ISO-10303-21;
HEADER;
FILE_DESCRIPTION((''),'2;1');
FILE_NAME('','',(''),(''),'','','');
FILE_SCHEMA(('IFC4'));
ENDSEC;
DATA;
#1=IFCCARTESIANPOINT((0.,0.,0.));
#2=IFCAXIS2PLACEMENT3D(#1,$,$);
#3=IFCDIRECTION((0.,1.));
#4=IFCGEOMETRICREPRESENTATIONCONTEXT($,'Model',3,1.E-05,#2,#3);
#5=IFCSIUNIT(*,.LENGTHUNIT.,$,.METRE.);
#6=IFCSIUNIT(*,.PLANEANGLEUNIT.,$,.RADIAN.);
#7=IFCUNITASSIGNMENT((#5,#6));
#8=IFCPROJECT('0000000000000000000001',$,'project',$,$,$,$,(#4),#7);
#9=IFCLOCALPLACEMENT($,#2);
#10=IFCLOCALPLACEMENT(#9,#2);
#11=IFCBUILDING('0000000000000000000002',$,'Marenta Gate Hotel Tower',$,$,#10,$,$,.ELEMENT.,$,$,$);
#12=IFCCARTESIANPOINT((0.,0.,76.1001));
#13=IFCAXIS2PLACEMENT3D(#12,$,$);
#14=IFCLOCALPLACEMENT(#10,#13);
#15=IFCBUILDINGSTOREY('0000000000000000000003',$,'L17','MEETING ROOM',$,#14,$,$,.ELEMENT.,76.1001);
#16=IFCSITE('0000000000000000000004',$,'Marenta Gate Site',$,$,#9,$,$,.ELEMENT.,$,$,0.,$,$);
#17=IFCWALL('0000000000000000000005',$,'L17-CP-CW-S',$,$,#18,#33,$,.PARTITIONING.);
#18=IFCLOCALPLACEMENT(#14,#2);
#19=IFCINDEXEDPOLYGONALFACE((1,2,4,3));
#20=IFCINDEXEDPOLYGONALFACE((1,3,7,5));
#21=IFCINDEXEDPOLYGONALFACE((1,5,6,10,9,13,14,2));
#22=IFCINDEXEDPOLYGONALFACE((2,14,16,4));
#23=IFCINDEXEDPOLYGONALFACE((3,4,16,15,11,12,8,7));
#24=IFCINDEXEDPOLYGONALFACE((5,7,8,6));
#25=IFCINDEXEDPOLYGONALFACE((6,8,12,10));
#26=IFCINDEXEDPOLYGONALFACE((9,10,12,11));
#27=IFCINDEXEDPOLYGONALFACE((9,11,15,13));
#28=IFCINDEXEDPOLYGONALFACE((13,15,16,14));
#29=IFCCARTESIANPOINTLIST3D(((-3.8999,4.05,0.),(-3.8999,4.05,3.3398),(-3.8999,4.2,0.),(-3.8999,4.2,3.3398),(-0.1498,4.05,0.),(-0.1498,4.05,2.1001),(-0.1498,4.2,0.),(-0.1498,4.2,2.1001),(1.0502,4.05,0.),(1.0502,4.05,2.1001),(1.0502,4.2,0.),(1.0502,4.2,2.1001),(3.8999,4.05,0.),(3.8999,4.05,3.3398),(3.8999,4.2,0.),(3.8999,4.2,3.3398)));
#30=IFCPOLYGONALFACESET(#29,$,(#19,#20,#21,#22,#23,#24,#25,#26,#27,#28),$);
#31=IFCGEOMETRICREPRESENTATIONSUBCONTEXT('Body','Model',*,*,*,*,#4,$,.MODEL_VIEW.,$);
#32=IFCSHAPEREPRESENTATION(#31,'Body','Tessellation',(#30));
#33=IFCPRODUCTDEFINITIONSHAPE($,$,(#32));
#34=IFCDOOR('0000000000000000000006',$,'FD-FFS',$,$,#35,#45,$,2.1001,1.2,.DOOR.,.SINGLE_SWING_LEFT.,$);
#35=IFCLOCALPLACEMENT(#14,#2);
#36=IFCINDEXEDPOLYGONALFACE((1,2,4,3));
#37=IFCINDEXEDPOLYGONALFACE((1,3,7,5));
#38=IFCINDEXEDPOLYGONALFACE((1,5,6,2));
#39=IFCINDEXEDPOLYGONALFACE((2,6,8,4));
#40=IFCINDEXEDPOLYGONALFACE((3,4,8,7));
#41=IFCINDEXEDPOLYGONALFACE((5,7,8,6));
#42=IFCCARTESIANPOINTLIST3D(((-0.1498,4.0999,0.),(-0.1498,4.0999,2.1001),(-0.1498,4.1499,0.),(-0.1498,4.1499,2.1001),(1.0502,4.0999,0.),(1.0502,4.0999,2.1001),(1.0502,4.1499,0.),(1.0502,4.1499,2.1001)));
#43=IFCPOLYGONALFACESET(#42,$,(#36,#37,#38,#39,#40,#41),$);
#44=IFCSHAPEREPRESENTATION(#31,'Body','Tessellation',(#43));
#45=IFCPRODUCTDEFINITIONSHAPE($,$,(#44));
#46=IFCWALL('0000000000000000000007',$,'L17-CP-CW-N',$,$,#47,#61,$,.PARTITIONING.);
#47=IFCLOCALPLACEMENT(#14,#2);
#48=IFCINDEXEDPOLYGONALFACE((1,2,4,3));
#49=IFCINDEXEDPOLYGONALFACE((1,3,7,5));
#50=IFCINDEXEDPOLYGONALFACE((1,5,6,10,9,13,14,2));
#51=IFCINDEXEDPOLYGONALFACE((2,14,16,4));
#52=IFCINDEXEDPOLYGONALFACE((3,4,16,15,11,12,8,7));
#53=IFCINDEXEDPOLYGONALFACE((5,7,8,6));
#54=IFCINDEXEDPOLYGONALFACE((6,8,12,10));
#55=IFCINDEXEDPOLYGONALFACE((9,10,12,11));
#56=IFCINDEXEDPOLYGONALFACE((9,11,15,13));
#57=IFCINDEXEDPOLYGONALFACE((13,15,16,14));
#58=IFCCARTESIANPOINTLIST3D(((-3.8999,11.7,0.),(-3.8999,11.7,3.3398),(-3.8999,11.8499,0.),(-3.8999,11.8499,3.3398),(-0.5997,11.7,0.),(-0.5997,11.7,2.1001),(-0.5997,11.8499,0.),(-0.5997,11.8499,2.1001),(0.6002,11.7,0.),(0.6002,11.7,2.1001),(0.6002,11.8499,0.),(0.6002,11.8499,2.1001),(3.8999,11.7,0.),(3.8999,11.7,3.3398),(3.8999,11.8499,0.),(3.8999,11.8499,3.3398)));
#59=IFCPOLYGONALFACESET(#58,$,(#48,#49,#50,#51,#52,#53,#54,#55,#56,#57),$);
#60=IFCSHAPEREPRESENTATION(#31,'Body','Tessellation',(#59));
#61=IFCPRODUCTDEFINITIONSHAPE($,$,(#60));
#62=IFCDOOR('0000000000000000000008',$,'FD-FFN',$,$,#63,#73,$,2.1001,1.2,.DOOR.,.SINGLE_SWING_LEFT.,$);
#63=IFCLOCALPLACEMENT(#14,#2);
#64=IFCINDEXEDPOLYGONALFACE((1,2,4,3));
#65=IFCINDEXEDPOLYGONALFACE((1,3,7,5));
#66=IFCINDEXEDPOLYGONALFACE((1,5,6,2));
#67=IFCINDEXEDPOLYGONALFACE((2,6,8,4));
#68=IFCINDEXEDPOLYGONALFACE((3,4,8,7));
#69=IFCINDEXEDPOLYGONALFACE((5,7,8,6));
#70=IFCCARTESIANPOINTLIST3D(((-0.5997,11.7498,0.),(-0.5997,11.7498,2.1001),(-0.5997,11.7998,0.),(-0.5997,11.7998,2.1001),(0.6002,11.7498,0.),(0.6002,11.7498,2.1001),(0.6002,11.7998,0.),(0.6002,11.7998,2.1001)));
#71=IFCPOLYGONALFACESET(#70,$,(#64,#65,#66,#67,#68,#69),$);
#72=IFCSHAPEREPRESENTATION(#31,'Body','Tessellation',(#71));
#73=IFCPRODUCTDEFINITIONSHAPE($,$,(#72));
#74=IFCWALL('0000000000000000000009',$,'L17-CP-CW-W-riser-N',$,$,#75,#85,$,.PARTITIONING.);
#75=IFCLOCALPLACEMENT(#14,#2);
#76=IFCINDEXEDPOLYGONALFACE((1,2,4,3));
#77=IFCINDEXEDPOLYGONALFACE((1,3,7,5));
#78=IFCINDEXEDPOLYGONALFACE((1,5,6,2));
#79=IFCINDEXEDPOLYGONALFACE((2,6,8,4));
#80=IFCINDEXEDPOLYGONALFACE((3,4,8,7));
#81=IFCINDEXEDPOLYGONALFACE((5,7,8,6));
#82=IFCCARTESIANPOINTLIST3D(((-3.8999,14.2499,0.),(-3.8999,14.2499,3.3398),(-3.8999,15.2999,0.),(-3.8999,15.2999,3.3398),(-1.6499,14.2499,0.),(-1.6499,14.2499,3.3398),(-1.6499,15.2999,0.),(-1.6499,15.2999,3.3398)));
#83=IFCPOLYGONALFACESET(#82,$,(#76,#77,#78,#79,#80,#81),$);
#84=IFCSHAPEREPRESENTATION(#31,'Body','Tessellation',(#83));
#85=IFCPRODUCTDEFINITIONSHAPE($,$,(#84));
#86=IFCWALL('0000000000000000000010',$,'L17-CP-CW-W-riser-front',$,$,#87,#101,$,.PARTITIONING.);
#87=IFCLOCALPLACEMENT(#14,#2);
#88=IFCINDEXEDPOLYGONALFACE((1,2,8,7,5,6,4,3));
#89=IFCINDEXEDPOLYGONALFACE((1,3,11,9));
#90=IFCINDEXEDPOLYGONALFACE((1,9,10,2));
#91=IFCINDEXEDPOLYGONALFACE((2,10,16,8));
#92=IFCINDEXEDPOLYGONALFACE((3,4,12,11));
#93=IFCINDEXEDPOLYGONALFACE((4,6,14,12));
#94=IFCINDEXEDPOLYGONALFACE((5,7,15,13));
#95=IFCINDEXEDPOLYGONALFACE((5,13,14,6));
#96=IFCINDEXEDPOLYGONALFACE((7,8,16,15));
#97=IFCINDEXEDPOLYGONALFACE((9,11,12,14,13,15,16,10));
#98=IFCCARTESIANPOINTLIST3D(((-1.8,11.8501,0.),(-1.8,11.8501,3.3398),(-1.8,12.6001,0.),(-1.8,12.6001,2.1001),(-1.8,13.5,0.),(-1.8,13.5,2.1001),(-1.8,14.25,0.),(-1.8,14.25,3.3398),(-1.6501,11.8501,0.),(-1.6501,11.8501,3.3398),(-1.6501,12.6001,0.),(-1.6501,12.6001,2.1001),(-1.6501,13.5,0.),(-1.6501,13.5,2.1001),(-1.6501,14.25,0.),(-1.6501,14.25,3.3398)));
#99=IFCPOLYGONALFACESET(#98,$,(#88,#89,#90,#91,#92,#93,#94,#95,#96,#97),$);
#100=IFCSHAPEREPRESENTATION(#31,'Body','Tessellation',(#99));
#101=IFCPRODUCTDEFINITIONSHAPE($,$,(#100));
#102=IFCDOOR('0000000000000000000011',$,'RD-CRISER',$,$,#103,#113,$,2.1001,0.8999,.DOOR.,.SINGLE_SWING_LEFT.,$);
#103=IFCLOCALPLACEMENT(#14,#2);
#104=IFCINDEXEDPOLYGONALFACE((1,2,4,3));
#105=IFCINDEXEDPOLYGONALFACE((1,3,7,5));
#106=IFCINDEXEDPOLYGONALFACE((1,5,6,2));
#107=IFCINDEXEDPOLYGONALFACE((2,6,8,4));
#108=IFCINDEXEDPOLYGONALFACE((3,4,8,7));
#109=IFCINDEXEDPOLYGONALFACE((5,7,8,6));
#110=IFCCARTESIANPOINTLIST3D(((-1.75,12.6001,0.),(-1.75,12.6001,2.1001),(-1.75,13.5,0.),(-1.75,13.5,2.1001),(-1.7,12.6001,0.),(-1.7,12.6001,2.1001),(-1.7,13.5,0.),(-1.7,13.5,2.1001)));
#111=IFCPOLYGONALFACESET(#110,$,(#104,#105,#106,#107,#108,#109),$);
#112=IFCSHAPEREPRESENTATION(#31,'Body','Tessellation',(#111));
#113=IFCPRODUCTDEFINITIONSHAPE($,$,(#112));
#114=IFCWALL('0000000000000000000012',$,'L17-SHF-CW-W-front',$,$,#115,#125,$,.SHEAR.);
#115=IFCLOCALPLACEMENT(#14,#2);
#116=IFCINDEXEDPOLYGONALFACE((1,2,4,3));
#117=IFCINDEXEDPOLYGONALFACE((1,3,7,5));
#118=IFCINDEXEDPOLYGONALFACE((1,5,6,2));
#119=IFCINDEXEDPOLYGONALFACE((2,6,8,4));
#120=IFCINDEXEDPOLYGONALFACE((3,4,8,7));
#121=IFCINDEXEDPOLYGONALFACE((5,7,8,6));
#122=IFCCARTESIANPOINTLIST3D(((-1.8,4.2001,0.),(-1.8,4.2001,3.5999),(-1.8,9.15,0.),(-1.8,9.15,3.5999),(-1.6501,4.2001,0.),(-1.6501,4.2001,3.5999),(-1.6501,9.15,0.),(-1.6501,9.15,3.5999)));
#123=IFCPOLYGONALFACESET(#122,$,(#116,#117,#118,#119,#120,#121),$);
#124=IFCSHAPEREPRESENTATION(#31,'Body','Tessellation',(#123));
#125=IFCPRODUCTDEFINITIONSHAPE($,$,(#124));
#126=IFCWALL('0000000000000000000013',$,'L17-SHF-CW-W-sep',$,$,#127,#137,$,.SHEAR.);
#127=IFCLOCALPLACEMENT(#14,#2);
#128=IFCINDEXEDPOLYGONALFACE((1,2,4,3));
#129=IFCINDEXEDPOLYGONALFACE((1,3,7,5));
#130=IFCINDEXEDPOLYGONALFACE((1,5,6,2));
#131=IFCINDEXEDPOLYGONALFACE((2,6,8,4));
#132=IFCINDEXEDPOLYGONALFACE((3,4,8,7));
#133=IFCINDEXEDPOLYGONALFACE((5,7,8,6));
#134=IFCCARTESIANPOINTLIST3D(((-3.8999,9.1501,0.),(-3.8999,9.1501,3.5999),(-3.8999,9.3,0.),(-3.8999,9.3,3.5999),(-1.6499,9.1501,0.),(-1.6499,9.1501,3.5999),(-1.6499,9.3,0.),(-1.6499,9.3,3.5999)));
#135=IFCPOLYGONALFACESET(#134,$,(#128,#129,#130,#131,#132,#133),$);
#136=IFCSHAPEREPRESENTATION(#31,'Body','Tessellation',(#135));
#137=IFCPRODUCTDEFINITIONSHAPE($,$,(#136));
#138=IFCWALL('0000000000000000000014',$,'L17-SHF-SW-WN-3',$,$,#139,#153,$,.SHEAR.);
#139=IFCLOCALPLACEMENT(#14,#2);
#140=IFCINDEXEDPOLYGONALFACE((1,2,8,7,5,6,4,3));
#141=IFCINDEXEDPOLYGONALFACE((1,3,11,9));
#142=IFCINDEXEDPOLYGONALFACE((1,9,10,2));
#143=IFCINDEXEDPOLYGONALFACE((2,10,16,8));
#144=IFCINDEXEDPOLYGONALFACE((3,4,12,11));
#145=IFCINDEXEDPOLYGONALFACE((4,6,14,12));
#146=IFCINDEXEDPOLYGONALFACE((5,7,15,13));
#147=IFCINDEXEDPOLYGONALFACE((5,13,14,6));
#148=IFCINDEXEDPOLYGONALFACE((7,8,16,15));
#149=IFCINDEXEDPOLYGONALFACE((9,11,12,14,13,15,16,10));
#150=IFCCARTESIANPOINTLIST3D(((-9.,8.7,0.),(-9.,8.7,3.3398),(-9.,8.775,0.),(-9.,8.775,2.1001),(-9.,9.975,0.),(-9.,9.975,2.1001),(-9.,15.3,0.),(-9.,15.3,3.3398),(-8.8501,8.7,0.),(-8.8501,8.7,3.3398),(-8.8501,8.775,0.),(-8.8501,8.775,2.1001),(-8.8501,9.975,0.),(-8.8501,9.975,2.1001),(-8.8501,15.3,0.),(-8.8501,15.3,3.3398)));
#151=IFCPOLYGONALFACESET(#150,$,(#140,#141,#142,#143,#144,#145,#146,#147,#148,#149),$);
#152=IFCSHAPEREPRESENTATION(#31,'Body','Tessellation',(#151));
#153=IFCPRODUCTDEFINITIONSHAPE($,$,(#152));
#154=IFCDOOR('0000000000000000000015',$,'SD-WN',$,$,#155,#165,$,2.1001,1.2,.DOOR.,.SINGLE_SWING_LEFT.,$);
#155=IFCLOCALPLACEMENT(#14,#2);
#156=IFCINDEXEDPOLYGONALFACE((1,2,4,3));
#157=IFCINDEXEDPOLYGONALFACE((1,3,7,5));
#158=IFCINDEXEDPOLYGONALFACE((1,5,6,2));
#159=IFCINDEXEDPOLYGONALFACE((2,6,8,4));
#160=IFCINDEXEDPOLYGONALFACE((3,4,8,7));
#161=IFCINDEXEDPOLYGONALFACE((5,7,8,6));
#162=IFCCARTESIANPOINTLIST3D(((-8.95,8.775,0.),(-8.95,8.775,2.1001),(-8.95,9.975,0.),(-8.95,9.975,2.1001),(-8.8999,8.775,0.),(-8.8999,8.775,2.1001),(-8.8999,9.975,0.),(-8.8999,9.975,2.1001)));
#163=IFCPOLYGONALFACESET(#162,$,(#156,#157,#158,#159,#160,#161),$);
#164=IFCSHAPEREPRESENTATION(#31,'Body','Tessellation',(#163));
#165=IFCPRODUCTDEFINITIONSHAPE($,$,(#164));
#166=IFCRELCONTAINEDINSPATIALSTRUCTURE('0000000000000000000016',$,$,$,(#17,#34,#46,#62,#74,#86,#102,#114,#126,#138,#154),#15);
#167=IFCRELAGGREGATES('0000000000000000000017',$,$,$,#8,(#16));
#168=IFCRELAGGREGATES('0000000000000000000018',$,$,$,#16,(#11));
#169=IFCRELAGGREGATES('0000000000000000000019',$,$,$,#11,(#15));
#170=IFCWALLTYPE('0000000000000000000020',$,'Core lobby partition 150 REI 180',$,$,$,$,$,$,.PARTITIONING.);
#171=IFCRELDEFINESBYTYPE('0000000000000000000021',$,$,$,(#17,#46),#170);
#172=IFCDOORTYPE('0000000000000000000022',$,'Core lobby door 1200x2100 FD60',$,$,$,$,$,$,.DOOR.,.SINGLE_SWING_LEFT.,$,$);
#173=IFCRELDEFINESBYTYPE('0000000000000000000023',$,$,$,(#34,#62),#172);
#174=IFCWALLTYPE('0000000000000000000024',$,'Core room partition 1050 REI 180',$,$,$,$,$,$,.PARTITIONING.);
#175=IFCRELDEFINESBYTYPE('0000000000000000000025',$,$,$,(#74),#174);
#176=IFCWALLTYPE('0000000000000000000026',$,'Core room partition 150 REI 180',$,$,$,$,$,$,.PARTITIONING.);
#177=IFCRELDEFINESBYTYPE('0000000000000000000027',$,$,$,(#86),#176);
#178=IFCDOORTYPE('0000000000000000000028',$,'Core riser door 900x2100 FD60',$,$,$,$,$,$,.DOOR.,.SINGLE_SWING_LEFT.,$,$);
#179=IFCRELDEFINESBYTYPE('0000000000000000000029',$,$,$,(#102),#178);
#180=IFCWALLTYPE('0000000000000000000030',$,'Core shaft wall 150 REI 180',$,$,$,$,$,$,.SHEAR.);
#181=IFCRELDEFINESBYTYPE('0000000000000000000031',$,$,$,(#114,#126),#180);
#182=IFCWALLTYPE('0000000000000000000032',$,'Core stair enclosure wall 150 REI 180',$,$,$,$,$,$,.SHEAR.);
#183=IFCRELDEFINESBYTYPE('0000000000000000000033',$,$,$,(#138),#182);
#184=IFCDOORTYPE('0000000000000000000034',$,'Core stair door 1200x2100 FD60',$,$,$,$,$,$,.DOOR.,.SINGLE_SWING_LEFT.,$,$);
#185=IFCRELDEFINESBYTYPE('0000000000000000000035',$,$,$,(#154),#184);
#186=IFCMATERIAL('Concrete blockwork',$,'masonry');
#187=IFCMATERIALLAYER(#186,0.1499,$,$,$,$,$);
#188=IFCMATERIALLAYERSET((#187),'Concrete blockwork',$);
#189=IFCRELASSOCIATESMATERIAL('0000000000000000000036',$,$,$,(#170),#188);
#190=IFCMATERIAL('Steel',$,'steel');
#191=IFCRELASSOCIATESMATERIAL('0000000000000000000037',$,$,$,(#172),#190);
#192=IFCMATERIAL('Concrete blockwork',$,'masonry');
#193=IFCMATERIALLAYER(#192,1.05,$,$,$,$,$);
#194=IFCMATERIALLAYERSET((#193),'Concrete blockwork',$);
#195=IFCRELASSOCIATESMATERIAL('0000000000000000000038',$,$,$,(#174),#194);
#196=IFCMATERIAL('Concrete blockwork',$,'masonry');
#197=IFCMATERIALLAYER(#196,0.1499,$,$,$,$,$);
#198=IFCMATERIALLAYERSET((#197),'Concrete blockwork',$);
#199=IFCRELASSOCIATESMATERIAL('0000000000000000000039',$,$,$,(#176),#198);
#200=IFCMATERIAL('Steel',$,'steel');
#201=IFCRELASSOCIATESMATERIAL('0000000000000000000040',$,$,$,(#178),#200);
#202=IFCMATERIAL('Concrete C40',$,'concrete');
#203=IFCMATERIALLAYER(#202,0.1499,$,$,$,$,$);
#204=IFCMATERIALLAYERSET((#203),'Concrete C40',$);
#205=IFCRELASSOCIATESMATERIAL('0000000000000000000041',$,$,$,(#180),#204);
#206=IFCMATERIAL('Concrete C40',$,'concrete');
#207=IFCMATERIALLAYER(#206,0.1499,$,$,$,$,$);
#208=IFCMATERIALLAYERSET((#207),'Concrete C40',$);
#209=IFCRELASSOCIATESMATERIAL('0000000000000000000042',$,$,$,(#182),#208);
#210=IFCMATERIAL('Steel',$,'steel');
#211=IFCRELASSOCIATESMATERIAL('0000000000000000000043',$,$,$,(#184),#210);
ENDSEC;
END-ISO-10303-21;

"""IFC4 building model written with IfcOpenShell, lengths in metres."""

from ifc_helpers import new_model, si_unit, direction, frame, frame_2d, origin, place, context, subcontext, project, spatial, rectangle, extrude, material, layer, layer_set, type_object, element, fill, save


model = new_model("IFC4")

# Units and contexts
model_context = context("Model", 3, precision=1e-05, world=origin(), true_north=direction((0.0, 1.0)))
body_context = subcontext(model_context, "Body", "Model", "MODEL_VIEW")
ifc_project = project(units=[si_unit("LENGTHUNIT", "METRE"), si_unit("PLANEANGLEUNIT", "RADIAN")], contexts=[model_context])

# Site, building, storey
site_placement = place(None, origin())
site = spatial("IfcSite", under=ifc_project, at=site_placement, Name="Marenta Gate Site", CompositionType="ELEMENT", RefElevation=0.0)
building_placement = place(site_placement, origin())
building = spatial("IfcBuilding", under=site, at=building_placement, Name="Marenta Gate Hotel Tower", CompositionType="ELEMENT")
storey_placement = place(building_placement, frame((0.0, 0.0, 76.1001)))
storey = spatial("IfcBuildingStorey", under=building, at=storey_placement, Name="L17", Description="MEETING ROOM", CompositionType="ELEMENT", Elevation=76.1001)

# Walls, openings, doors
ifc_material_1 = material(Name="Concrete blockwork", Category="masonry")
ifc_layer_1 = layer(ifc_material_1, 0.1499)
ifc_layer_set_1 = layer_set([ifc_layer_1], Name="Concrete blockwork")
wall_type_1 = type_object("IfcWallType", Name="Core lobby partition 150 REI 180", PredefinedType="PARTITIONING", material=ifc_layer_set_1)
wall_1_placement = place(storey_placement, frame((-3.8999, 4.125, 0.0), z_axis=(0.0, 0.0, 1.0), x_axis=(1.0, 0.0, 0.0)))
wall_1 = element("IfcWall", 1, at=wall_1_placement, inside=storey, type_object=wall_type_1, Name="L17-CP-CW-S", PredefinedType="PARTITIONING", context=body_context, shape_type="SweptSolid", body=[
    extrude(rectangle(XDim=7.7998, YDim=0.1499, at=frame_2d((3.8999, 0.0))), origin(), (0.0, 0.0, 1.0), 3.3398),
])
opening_1_placement = place(wall_1_placement, frame((3.75, 0.0, 0.0)))
opening_1 = element("IfcOpeningElement", 2, at=opening_1_placement, cuts=wall_1, PredefinedType="OPENING", context=body_context, shape_type="SweptSolid", body=[
    extrude(rectangle(XDim=1.2, YDim=2.1001, at=frame_2d((0.6001, 1.05))), frame((0.0, 0.075, 0.0), z_axis=(0.0, -1.0, 0.0), x_axis=(1.0, 0.0, 0.0)), (0.0, 0.0, 1.0), 0.1499),
])
ifc_material_2 = material(Name="Steel", Category="steel")
door_type_1 = type_object("IfcDoorType", Name="Core lobby door 1200x2100 FD60", OperationType="SINGLE_SWING_LEFT", PredefinedType="DOOR", material=ifc_material_2)
door_1_placement = place(opening_1_placement, origin())
door_1 = element("IfcDoor", 3, at=door_1_placement, inside=storey, type_object=door_type_1, Name="FD-FFS", OperationType="SINGLE_SWING_LEFT", OverallHeight=2.1001, OverallWidth=1.2, PredefinedType="DOOR", context=body_context, shape_type="SweptSolid", body=[
    extrude(rectangle(XDim=1.2, YDim=2.1001, at=frame_2d((0.6001, 1.05))), frame((0.0, 0.0249, 0.0), z_axis=(0.0, -1.0, 0.0), x_axis=(1.0, 0.0, 0.0)), (0.0, 0.0, 1.0), 0.05),
])
fill(opening_1, door_1)
wall_2_placement = place(storey_placement, frame((-3.8999, 11.7749, 0.0), z_axis=(0.0, 0.0, 1.0), x_axis=(1.0, 0.0, 0.0)))
wall_2 = element("IfcWall", 4, at=wall_2_placement, inside=storey, type_object=wall_type_1, Name="L17-CP-CW-N", PredefinedType="PARTITIONING", context=body_context, shape_type="SweptSolid", body=[
    extrude(rectangle(XDim=7.7998, YDim=0.1499, at=frame_2d((3.8999, 0.0))), origin(), (0.0, 0.0, 1.0), 3.3398),
])
opening_2_placement = place(wall_2_placement, frame((3.3, 0.0, 0.0)))
opening_2 = element("IfcOpeningElement", 5, at=opening_2_placement, cuts=wall_2, PredefinedType="OPENING", context=body_context, shape_type="SweptSolid", body=[
    extrude(rectangle(XDim=1.2, YDim=2.1001, at=frame_2d((0.6001, 1.05))), frame((0.0, 0.075, 0.0), z_axis=(0.0, -1.0, 0.0), x_axis=(1.0, 0.0, 0.0)), (0.0, 0.0, 1.0), 0.1499),
])
door_2_placement = place(opening_2_placement, origin())
door_2 = element("IfcDoor", 6, at=door_2_placement, inside=storey, type_object=door_type_1, Name="FD-FFN", OperationType="SINGLE_SWING_LEFT", OverallHeight=2.1001, OverallWidth=1.2, PredefinedType="DOOR", context=body_context, shape_type="SweptSolid", body=[
    extrude(rectangle(XDim=1.2, YDim=2.1001, at=frame_2d((0.6001, 1.05))), frame((0.0, 0.0249, 0.0), z_axis=(0.0, -1.0, 0.0), x_axis=(1.0, 0.0, 0.0)), (0.0, 0.0, 1.0), 0.05),
])
fill(opening_2, door_2)

# Wall
ifc_material_3 = material(Name="Concrete blockwork", Category="masonry")
ifc_layer_2 = layer(ifc_material_3, 1.05)
ifc_layer_set_2 = layer_set([ifc_layer_2], Name="Concrete blockwork")
wall_type_2 = type_object("IfcWallType", Name="Core room partition 1050 REI 180", PredefinedType="PARTITIONING", material=ifc_layer_set_2)
wall_3_placement = place(storey_placement, frame((-3.8999, 14.7749, 0.0), z_axis=(0.0, 0.0, 1.0), x_axis=(1.0, 0.0, 0.0)))
element("IfcWall", 7, at=wall_3_placement, inside=storey, type_object=wall_type_2, Name="L17-CP-CW-W-riser-N", PredefinedType="PARTITIONING", context=body_context, shape_type="SweptSolid", body=[
    extrude(rectangle(XDim=2.25, YDim=1.05, at=frame_2d((1.125, 0.0))), origin(), (0.0, 0.0, 1.0), 3.3398),
])

# Wall, opening, door
ifc_material_4 = material(Name="Concrete blockwork", Category="masonry")
ifc_layer_3 = layer(ifc_material_4, 0.1499)
ifc_layer_set_3 = layer_set([ifc_layer_3], Name="Concrete blockwork")
wall_type_3 = type_object("IfcWallType", Name="Core room partition 150 REI 180", PredefinedType="PARTITIONING", material=ifc_layer_set_3)
wall_4_placement = place(storey_placement, frame((-1.7251, 11.8501, 0.0), z_axis=(0.0, 0.0, 1.0), x_axis=(0.0, 1.0, 0.0)))
wall_4 = element("IfcWall", 8, at=wall_4_placement, inside=storey, type_object=wall_type_3, Name="L17-CP-CW-W-riser-front", PredefinedType="PARTITIONING", context=body_context, shape_type="SweptSolid", body=[
    extrude(rectangle(XDim=2.3999, YDim=0.1499, at=frame_2d((1.2, 0.0))), origin(), (0.0, 0.0, 1.0), 3.3398),
])
opening_3_placement = place(wall_4_placement, frame((0.75, 0.0, 0.0)))
opening_3 = element("IfcOpeningElement", 9, at=opening_3_placement, cuts=wall_4, PredefinedType="OPENING", context=body_context, shape_type="SweptSolid", body=[
    extrude(rectangle(XDim=0.8999, YDim=2.1001, at=frame_2d((0.45, 1.05))), frame((0.0, 0.075, 0.0), z_axis=(0.0, -1.0, 0.0), x_axis=(1.0, 0.0, 0.0)), (0.0, 0.0, 1.0), 0.1499),
])
ifc_material_5 = material(Name="Steel", Category="steel")
door_type_2 = type_object("IfcDoorType", Name="Core riser door 900x2100 FD60", OperationType="SINGLE_SWING_LEFT", PredefinedType="DOOR", material=ifc_material_5)
door_3_placement = place(opening_3_placement, origin())
door_3 = element("IfcDoor", 10, at=door_3_placement, inside=storey, type_object=door_type_2, Name="RD-CRISER", OperationType="SINGLE_SWING_LEFT", OverallHeight=2.1001, OverallWidth=0.8999, PredefinedType="DOOR", context=body_context, shape_type="SweptSolid", body=[
    extrude(rectangle(XDim=0.8999, YDim=2.1001, at=frame_2d((0.45, 1.05))), frame((0.0, 0.0249, 0.0), z_axis=(0.0, -1.0, 0.0), x_axis=(1.0, 0.0, 0.0)), (0.0, 0.0, 1.0), 0.05),
])
fill(opening_3, door_3)

# Walls
ifc_material_6 = material(Name="Concrete C40", Category="concrete")
ifc_layer_4 = layer(ifc_material_6, 0.1499)
ifc_layer_set_4 = layer_set([ifc_layer_4], Name="Concrete C40")
wall_type_4 = type_object("IfcWallType", Name="Core shaft wall 150 REI 180", PredefinedType="SHEAR", material=ifc_layer_set_4)
wall_5_placement = place(storey_placement, frame((-1.7251, 4.2, 0.0), z_axis=(0.0, 0.0, 1.0), x_axis=(0.0, 1.0, 0.0)))
element("IfcWall", 11, at=wall_5_placement, inside=storey, type_object=wall_type_4, Name="L17-SHF-CW-W-front", PredefinedType="SHEAR", context=body_context, shape_type="SweptSolid", body=[
    extrude(rectangle(XDim=4.95, YDim=0.1499, at=frame_2d((2.4751, 0.0))), origin(), (0.0, 0.0, 1.0), 3.5999),
])
wall_6_placement = place(storey_placement, frame((-3.8999, 9.2251, 0.0), z_axis=(0.0, 0.0, 1.0), x_axis=(1.0, 0.0, 0.0)))
element("IfcWall", 12, at=wall_6_placement, inside=storey, type_object=wall_type_4, Name="L17-SHF-CW-W-sep", PredefinedType="SHEAR", context=body_context, shape_type="SweptSolid", body=[
    extrude(rectangle(XDim=2.25, YDim=0.1499, at=frame_2d((1.125, 0.0))), origin(), (0.0, 0.0, 1.0), 3.5999),
])

# Wall, opening, door
ifc_material_7 = material(Name="Concrete C40", Category="concrete")
ifc_layer_5 = layer(ifc_material_7, 0.1499)
ifc_layer_set_5 = layer_set([ifc_layer_5], Name="Concrete C40")
wall_type_5 = type_object("IfcWallType", Name="Core stair enclosure wall 150 REI 180", PredefinedType="SHEAR", material=ifc_layer_set_5)
wall_7_placement = place(storey_placement, frame((-8.925, 8.7, 0.0), z_axis=(0.0, 0.0, 1.0), x_axis=(0.0, 1.0, 0.0)))
wall_7 = element("IfcWall", 13, at=wall_7_placement, inside=storey, type_object=wall_type_5, Name="L17-SHF-SW-WN-3", PredefinedType="SHEAR", context=body_context, shape_type="SweptSolid", body=[
    extrude(rectangle(XDim=6.6001, YDim=0.1499, at=frame_2d((3.3, 0.0))), origin(), (0.0, 0.0, 1.0), 3.3398),
])
opening_4_placement = place(wall_7_placement, frame((0.075, 0.0, 0.0)))
opening_4 = element("IfcOpeningElement", 14, at=opening_4_placement, cuts=wall_7, PredefinedType="OPENING", context=body_context, shape_type="SweptSolid", body=[
    extrude(rectangle(XDim=1.2, YDim=2.1001, at=frame_2d((0.6001, 1.05))), frame((0.0, 0.075, 0.0), z_axis=(0.0, -1.0, 0.0), x_axis=(1.0, 0.0, 0.0)), (0.0, 0.0, 1.0), 0.1499),
])
ifc_material_8 = material(Name="Steel", Category="steel")
door_type_3 = type_object("IfcDoorType", Name="Core stair door 1200x2100 FD60", OperationType="SINGLE_SWING_LEFT", PredefinedType="DOOR", material=ifc_material_8)
door_4_placement = place(opening_4_placement, origin())
door_4 = element("IfcDoor", 15, at=door_4_placement, inside=storey, type_object=door_type_3, Name="SD-WN", OperationType="SINGLE_SWING_LEFT", OverallHeight=2.1001, OverallWidth=1.2, PredefinedType="DOOR", context=body_context, shape_type="SweptSolid", body=[
    extrude(rectangle(XDim=1.2, YDim=2.1001, at=frame_2d((0.6001, 1.05))), frame((0.0, 0.0249, 0.0), z_axis=(0.0, -1.0, 0.0), x_axis=(1.0, 0.0, 0.0)), (0.0, 0.0, 1.0), 0.05),
])
fill(opening_4, door_4)

save(model, "model.ifc")
